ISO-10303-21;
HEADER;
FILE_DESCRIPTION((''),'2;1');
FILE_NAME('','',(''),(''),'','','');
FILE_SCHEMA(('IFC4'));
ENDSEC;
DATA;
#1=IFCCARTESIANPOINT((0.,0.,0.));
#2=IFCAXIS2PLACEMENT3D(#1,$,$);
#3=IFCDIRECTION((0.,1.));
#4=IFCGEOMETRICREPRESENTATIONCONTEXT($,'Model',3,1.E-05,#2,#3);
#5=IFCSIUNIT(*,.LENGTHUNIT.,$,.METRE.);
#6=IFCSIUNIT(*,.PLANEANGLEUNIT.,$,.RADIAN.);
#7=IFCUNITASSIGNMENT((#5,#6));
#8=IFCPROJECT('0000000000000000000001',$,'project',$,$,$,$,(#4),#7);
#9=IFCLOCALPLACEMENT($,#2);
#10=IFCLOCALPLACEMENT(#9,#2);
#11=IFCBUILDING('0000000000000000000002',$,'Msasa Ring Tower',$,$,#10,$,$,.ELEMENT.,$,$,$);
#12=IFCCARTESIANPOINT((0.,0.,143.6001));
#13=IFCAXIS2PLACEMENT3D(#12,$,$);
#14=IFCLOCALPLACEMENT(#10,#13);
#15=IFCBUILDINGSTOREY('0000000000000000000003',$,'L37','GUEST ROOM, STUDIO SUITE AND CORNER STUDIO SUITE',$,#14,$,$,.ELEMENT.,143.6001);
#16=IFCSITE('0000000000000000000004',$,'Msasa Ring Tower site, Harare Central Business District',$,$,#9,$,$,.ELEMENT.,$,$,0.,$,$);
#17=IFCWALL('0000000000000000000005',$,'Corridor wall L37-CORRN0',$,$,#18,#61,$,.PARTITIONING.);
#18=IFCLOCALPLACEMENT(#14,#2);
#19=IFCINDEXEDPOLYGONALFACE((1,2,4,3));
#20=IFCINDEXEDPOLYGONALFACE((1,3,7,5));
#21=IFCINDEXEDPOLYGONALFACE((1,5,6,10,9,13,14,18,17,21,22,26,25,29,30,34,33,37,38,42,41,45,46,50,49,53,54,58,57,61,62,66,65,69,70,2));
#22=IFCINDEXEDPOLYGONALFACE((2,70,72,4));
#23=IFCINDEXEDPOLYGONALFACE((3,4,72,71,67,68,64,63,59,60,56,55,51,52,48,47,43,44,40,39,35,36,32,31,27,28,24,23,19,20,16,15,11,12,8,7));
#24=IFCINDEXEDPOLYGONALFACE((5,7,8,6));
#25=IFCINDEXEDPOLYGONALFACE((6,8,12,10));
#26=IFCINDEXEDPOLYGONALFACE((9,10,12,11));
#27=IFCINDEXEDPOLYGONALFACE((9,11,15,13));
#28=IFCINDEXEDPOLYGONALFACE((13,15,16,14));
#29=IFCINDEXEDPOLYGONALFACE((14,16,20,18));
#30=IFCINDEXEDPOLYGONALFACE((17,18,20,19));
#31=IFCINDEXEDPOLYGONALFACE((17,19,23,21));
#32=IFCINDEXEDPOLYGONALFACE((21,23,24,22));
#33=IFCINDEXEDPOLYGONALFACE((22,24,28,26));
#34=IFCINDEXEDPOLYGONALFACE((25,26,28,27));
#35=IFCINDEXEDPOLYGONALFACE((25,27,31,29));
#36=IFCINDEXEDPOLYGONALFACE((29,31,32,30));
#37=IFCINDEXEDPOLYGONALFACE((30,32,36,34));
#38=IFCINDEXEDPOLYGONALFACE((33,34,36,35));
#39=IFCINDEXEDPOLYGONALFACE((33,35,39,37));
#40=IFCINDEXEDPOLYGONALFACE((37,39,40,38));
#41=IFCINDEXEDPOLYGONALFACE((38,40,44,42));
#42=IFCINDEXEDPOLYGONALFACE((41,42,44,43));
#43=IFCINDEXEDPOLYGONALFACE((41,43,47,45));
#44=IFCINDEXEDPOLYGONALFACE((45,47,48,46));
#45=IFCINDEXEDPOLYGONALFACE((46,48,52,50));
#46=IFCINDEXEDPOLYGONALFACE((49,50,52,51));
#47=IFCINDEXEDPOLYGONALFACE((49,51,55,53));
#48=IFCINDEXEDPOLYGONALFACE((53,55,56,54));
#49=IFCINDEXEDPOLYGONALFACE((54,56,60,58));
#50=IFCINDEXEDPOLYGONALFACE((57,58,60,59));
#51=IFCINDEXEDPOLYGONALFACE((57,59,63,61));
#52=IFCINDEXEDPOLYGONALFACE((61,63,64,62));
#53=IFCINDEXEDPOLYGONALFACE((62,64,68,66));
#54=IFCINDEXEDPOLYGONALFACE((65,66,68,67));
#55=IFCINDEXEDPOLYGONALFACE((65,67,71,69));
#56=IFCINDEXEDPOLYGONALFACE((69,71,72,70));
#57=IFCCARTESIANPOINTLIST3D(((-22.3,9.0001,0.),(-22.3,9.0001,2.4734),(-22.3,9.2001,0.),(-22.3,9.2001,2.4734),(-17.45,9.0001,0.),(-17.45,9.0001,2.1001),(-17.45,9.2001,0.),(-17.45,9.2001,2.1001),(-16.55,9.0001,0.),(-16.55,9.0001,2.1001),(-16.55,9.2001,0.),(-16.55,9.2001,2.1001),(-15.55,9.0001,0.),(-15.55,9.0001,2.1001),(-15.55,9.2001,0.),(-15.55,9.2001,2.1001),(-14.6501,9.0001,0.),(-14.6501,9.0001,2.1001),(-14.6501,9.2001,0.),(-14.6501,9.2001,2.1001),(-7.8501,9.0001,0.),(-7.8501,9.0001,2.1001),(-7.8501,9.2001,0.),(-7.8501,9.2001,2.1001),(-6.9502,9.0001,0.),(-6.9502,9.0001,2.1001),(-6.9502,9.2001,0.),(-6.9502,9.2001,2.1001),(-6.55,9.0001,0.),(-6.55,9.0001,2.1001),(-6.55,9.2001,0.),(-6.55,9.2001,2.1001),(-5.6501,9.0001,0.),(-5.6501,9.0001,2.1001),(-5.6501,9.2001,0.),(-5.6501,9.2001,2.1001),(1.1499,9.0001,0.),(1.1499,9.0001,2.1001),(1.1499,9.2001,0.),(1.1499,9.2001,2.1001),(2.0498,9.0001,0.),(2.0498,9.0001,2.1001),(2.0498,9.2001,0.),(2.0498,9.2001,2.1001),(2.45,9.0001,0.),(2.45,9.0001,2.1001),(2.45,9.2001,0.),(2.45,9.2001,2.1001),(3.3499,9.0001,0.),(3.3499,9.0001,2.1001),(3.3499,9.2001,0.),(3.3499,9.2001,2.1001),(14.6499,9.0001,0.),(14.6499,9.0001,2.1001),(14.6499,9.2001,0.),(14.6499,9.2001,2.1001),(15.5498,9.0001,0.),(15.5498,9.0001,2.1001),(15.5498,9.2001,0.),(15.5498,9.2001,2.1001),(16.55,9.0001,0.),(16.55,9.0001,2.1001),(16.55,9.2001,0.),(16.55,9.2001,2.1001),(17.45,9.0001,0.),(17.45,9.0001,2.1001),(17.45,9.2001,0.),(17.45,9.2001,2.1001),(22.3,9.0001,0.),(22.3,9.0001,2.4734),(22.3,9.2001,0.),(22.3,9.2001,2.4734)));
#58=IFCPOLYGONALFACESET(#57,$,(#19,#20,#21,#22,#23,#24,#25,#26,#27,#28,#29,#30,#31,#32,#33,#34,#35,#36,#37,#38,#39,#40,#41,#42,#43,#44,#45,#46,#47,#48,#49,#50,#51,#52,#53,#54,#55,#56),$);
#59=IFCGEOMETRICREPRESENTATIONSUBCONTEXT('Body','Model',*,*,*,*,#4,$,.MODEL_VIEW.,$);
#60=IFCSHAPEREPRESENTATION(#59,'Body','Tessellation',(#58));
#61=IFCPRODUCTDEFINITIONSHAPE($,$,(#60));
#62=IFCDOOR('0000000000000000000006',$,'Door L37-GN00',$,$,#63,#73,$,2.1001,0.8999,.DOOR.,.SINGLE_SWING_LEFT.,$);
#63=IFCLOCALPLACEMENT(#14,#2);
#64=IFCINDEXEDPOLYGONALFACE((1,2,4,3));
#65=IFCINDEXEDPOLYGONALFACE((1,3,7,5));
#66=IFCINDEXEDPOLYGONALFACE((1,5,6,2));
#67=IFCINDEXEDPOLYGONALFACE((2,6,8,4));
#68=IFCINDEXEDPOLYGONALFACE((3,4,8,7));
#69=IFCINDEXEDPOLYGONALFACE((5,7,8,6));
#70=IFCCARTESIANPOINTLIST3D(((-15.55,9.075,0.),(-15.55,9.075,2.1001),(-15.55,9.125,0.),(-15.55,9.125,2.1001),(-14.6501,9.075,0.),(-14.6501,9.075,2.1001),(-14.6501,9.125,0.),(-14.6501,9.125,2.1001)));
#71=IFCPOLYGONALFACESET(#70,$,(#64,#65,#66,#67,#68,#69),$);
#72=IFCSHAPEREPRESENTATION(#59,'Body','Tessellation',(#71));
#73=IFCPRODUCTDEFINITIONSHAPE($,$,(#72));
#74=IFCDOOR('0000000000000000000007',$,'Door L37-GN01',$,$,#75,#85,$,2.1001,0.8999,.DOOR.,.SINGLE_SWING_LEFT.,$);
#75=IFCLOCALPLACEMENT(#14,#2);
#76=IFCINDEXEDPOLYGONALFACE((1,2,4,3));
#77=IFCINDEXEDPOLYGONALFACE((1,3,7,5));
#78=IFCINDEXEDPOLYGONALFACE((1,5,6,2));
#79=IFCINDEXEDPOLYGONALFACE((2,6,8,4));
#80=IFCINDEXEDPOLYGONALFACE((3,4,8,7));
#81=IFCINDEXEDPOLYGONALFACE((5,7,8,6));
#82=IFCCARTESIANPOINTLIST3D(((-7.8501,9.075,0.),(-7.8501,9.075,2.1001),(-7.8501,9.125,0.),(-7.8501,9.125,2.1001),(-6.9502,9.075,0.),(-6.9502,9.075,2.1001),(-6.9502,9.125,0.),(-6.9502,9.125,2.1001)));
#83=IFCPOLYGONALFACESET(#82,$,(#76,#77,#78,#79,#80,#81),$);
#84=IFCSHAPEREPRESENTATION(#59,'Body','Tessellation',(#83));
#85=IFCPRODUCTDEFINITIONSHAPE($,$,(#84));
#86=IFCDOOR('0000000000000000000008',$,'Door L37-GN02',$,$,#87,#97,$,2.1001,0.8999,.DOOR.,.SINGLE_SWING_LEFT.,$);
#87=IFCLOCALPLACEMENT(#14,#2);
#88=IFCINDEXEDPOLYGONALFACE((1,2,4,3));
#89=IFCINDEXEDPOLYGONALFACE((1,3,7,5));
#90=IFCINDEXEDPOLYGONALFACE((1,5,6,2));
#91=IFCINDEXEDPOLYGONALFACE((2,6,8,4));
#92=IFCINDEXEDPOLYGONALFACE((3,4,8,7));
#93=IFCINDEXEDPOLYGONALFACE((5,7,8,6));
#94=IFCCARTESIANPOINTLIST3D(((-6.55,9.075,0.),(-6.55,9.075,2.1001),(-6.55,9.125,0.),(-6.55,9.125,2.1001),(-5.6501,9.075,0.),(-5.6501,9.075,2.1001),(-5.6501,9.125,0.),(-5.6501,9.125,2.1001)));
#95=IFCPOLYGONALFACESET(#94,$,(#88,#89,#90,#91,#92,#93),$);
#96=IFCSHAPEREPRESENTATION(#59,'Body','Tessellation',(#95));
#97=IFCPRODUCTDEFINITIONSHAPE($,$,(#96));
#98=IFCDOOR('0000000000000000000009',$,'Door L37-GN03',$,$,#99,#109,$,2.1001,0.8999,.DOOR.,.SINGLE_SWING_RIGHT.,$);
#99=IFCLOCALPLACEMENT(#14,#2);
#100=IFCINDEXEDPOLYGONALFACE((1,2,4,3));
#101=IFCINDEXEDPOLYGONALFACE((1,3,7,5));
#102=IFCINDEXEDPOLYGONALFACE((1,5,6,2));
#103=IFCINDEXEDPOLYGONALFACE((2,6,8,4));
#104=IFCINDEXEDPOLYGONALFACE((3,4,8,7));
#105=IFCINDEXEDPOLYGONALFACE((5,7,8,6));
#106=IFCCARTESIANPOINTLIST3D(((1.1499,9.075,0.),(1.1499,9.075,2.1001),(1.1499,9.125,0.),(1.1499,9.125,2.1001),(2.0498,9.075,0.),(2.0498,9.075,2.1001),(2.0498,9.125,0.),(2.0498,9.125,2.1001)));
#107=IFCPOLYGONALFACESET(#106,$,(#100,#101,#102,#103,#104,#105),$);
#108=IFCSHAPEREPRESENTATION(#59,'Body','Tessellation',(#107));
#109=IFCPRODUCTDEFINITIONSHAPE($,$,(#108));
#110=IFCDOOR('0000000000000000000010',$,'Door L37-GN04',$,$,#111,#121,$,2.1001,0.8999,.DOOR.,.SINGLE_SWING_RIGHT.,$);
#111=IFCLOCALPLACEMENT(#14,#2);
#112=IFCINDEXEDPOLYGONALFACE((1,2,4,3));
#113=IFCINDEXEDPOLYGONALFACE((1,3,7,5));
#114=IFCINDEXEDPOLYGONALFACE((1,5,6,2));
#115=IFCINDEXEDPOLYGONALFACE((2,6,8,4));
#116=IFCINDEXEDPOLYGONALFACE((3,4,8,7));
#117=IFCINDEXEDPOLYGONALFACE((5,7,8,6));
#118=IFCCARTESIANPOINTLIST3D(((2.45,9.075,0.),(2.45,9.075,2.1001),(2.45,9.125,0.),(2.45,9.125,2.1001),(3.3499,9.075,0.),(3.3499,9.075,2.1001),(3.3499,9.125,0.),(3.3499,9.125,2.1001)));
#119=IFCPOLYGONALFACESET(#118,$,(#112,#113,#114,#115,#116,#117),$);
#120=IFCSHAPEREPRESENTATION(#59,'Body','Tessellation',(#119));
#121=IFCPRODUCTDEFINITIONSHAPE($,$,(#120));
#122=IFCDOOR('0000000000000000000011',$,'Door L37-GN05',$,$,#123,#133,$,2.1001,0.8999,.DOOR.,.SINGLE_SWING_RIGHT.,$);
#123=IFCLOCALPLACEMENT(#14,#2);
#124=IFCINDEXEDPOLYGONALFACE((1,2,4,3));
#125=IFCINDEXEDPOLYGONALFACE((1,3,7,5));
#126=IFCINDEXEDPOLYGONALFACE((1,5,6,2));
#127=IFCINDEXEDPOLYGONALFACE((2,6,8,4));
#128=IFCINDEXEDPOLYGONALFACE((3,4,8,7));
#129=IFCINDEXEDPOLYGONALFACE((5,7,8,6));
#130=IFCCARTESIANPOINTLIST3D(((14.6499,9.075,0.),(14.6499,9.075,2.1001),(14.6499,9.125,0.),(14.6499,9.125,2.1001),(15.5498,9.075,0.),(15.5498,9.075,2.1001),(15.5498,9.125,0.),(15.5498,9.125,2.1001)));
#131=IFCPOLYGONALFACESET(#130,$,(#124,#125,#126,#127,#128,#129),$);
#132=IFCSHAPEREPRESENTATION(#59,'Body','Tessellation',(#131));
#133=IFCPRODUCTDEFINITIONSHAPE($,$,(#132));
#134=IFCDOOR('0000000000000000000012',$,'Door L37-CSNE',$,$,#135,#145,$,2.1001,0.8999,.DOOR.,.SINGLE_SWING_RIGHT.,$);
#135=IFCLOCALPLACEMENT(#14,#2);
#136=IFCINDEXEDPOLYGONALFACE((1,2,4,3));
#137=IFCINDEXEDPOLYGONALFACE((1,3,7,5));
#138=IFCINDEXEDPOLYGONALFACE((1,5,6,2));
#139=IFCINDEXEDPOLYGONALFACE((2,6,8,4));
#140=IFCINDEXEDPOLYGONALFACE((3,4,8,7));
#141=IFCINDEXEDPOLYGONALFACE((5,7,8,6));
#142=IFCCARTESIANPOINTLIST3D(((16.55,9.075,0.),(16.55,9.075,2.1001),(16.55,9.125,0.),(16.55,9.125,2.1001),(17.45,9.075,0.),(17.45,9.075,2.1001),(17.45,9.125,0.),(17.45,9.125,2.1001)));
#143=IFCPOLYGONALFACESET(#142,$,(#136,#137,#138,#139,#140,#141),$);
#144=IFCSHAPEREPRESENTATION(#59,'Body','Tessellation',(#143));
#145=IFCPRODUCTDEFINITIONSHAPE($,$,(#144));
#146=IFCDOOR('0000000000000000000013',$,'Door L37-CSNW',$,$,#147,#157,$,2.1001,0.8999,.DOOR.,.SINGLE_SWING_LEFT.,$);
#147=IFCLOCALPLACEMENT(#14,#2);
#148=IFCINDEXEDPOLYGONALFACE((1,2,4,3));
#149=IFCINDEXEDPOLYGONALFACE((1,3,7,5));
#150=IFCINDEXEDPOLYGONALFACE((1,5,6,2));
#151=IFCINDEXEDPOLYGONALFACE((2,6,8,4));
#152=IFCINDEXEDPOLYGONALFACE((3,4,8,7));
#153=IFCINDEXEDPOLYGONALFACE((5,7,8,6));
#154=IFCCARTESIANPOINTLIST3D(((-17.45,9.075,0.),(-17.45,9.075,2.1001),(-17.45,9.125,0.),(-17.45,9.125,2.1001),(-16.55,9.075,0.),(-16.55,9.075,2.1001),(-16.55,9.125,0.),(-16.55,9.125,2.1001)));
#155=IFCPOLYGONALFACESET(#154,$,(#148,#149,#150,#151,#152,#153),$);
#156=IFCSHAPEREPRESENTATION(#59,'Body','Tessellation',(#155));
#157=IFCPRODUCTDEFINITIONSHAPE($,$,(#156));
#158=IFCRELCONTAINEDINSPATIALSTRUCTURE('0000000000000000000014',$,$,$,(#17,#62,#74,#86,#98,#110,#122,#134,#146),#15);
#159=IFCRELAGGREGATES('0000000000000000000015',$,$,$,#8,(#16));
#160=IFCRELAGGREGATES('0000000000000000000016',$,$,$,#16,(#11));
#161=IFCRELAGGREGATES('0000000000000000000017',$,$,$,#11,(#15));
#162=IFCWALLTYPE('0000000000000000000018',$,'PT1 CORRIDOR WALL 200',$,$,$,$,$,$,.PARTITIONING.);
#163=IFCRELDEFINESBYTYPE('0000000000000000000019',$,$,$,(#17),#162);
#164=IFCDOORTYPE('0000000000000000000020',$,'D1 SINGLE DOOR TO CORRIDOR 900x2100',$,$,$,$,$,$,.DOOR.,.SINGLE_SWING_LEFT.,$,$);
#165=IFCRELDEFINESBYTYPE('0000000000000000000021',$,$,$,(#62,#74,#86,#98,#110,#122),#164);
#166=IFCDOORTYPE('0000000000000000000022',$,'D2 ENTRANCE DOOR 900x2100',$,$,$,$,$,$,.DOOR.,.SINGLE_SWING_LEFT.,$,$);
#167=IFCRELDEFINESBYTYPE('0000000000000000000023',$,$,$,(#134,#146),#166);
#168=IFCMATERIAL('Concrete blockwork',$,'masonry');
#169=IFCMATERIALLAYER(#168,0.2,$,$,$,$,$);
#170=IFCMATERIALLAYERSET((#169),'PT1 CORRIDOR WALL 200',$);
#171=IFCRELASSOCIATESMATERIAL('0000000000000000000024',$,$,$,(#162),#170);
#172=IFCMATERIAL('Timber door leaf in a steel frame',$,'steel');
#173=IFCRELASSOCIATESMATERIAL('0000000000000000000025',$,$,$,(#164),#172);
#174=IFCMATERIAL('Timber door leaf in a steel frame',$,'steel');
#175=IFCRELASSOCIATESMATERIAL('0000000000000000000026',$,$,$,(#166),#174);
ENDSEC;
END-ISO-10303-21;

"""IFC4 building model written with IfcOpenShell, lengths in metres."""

from ifc_helpers import new_model, si_unit, direction, frame, frame_2d, origin, place, context, subcontext, project, spatial, rectangle, extrude, material, layer, layer_set, type_object, element, fill, save


model = new_model("IFC4")

# Units and contexts
model_context = context("Model", 3, precision=1e-05, world=origin(), true_north=direction((0.0, 1.0)))
body_context = subcontext(model_context, "Body", "Model", "MODEL_VIEW")
ifc_project = project(units=[si_unit("LENGTHUNIT", "METRE"), si_unit("PLANEANGLEUNIT", "RADIAN")], contexts=[model_context])

# Site, building, storey
site_placement = place(None, origin())
site = spatial("IfcSite", under=ifc_project, at=site_placement, Name="Msasa Ring Tower site, Harare Central Business District", CompositionType="ELEMENT", RefElevation=0.0)
building_placement = place(site_placement, origin())
building = spatial("IfcBuilding", under=site, at=building_placement, Name="Msasa Ring Tower", CompositionType="ELEMENT")
storey_placement = place(building_placement, frame((0.0, 0.0, 143.6001)))
storey = spatial("IfcBuildingStorey", under=building, at=storey_placement, Name="L37", Description="GUEST ROOM, STUDIO SUITE AND CORNER STUDIO SUITE", CompositionType="ELEMENT", Elevation=143.6001)

# Wall, openings, doors
ifc_material_1 = material(Name="Concrete blockwork", Category="masonry")
ifc_layer_1 = layer(ifc_material_1, 0.2)
ifc_layer_set_1 = layer_set([ifc_layer_1], Name="PT1 CORRIDOR WALL 200")
wall_type_1 = type_object("IfcWallType", Name="PT1 CORRIDOR WALL 200", PredefinedType="PARTITIONING", material=ifc_layer_set_1)
wall_1_placement = place(storey_placement, frame((-22.3, 9.1001, 0.0), z_axis=(0.0, 0.0, 1.0), x_axis=(1.0, 0.0, 0.0)))
wall_1 = element("IfcWall", 1, at=wall_1_placement, inside=storey, type_object=wall_type_1, Name="Corridor wall L37-CORRN0", PredefinedType="PARTITIONING", context=body_context, shape_type="SweptSolid", body=[
    extrude(rectangle(XDim=44.6001, YDim=0.2, at=frame_2d((22.3, 0.0))), origin(), (0.0, 0.0, 1.0), 2.4734),
])
opening_1_placement = place(wall_1_placement, frame((6.75, 0.0, 0.0)))
opening_1 = element("IfcOpeningElement", 2, at=opening_1_placement, cuts=wall_1, PredefinedType="OPENING", context=body_context, shape_type="SweptSolid", body=[
    extrude(rectangle(XDim=0.8999, YDim=2.1001, at=frame_2d((0.45, 1.05))), frame((0.0, 0.1099, 0.0), z_axis=(0.0, -1.0, 0.0), x_axis=(1.0, 0.0, 0.0)), (0.0, 0.0, 1.0), 0.22),
])
opening_2_placement = place(wall_1_placement, frame((14.45, 0.0, 0.0)))
opening_2 = element("IfcOpeningElement", 3, at=opening_2_placement, cuts=wall_1, PredefinedType="OPENING", context=body_context, shape_type="SweptSolid", body=[
    extrude(rectangle(XDim=0.8999, YDim=2.1001, at=frame_2d((0.45, 1.05))), frame((0.0, 0.1099, 0.0), z_axis=(0.0, -1.0, 0.0), x_axis=(1.0, 0.0, 0.0)), (0.0, 0.0, 1.0), 0.22),
])
opening_3_placement = place(wall_1_placement, frame((15.75, 0.0, 0.0)))
opening_3 = element("IfcOpeningElement", 4, at=opening_3_placement, cuts=wall_1, PredefinedType="OPENING", context=body_context, shape_type="SweptSolid", body=[
    extrude(rectangle(XDim=0.8999, YDim=2.1001, at=frame_2d((0.45, 1.05))), frame((0.0, 0.1099, 0.0), z_axis=(0.0, -1.0, 0.0), x_axis=(1.0, 0.0, 0.0)), (0.0, 0.0, 1.0), 0.22),
])
opening_4_placement = place(wall_1_placement, frame((23.45, 0.0, 0.0)))
opening_4 = element("IfcOpeningElement", 5, at=opening_4_placement, cuts=wall_1, PredefinedType="OPENING", context=body_context, shape_type="SweptSolid", body=[
    extrude(rectangle(XDim=0.8999, YDim=2.1001, at=frame_2d((0.45, 1.05))), frame((0.0, 0.1099, 0.0), z_axis=(0.0, -1.0, 0.0), x_axis=(1.0, 0.0, 0.0)), (0.0, 0.0, 1.0), 0.22),
])
opening_5_placement = place(wall_1_placement, frame((24.75, 0.0, 0.0)))
opening_5 = element("IfcOpeningElement", 6, at=opening_5_placement, cuts=wall_1, PredefinedType="OPENING", context=body_context, shape_type="SweptSolid", body=[
    extrude(rectangle(XDim=0.8999, YDim=2.1001, at=frame_2d((0.45, 1.05))), frame((0.0, 0.1099, 0.0), z_axis=(0.0, -1.0, 0.0), x_axis=(1.0, 0.0, 0.0)), (0.0, 0.0, 1.0), 0.22),
])
opening_6_placement = place(wall_1_placement, frame((36.95, 0.0, 0.0)))
opening_6 = element("IfcOpeningElement", 7, at=opening_6_placement, cuts=wall_1, PredefinedType="OPENING", context=body_context, shape_type="SweptSolid", body=[
    extrude(rectangle(XDim=0.8999, YDim=2.1001, at=frame_2d((0.45, 1.05))), frame((0.0, 0.1099, 0.0), z_axis=(0.0, -1.0, 0.0), x_axis=(1.0, 0.0, 0.0)), (0.0, 0.0, 1.0), 0.22),
])
opening_7_placement = place(wall_1_placement, frame((38.8501, 0.0, 0.0)))
opening_7 = element("IfcOpeningElement", 8, at=opening_7_placement, cuts=wall_1, PredefinedType="OPENING", context=body_context, shape_type="SweptSolid", body=[
    extrude(rectangle(XDim=0.8999, YDim=2.1001, at=frame_2d((0.45, 1.05))), frame((0.0, 0.1099, 0.0), z_axis=(0.0, -1.0, 0.0), x_axis=(1.0, 0.0, 0.0)), (0.0, 0.0, 1.0), 0.22),
])
opening_8_placement = place(wall_1_placement, frame((4.8501, 0.0, 0.0)))
opening_8 = element("IfcOpeningElement", 9, at=opening_8_placement, cuts=wall_1, PredefinedType="OPENING", context=body_context, shape_type="SweptSolid", body=[
    extrude(rectangle(XDim=0.8999, YDim=2.1001, at=frame_2d((0.45, 1.05))), frame((0.0, 0.1099, 0.0), z_axis=(0.0, -1.0, 0.0), x_axis=(1.0, 0.0, 0.0)), (0.0, 0.0, 1.0), 0.22),
])
ifc_material_2 = material(Name="Timber door leaf in a steel frame", Category="steel")
door_type_1 = type_object("IfcDoorType", Name="D1 SINGLE DOOR TO CORRIDOR 900x2100", OperationType="SINGLE_SWING_LEFT", PredefinedType="DOOR", material=ifc_material_2)
door_1_placement = place(opening_1_placement, origin())
door_1 = element("IfcDoor", 10, at=door_1_placement, inside=storey, type_object=door_type_1, Name="Door L37-GN00", OperationType="SINGLE_SWING_LEFT", OverallHeight=2.1001, OverallWidth=0.8999, PredefinedType="DOOR", context=body_context, shape_type="SweptSolid", body=[
    extrude(rectangle(XDim=0.8999, YDim=2.1001, at=frame_2d((0.45, 1.05))), frame((0.0, 0.0249, 0.0), z_axis=(0.0, -1.0, 0.0), x_axis=(1.0, 0.0, 0.0)), (0.0, 0.0, 1.0), 0.05),
])
fill(opening_1, door_1)
door_2_placement = place(opening_2_placement, origin())
door_2 = element("IfcDoor", 11, at=door_2_placement, inside=storey, type_object=door_type_1, Name="Door L37-GN01", OperationType="SINGLE_SWING_LEFT", OverallHeight=2.1001, OverallWidth=0.8999, PredefinedType="DOOR", context=body_context, shape_type="SweptSolid", body=[
    extrude(rectangle(XDim=0.8999, YDim=2.1001, at=frame_2d((0.45, 1.05))), frame((0.0, 0.0249, 0.0), z_axis=(0.0, -1.0, 0.0), x_axis=(1.0, 0.0, 0.0)), (0.0, 0.0, 1.0), 0.05),
])
fill(opening_2, door_2)
door_3_placement = place(opening_3_placement, origin())
door_3 = element("IfcDoor", 12, at=door_3_placement, inside=storey, type_object=door_type_1, Name="Door L37-GN02", OperationType="SINGLE_SWING_LEFT", OverallHeight=2.1001, OverallWidth=0.8999, PredefinedType="DOOR", context=body_context, shape_type="SweptSolid", body=[
    extrude(rectangle(XDim=0.8999, YDim=2.1001, at=frame_2d((0.45, 1.05))), frame((0.0, 0.0249, 0.0), z_axis=(0.0, -1.0, 0.0), x_axis=(1.0, 0.0, 0.0)), (0.0, 0.0, 1.0), 0.05),
])
fill(opening_3, door_3)
door_4_placement = place(opening_4_placement, origin())
door_4 = element("IfcDoor", 13, at=door_4_placement, inside=storey, type_object=door_type_1, Name="Door L37-GN03", OperationType="SINGLE_SWING_RIGHT", OverallHeight=2.1001, OverallWidth=0.8999, PredefinedType="DOOR", context=body_context, shape_type="SweptSolid", body=[
    extrude(rectangle(XDim=0.8999, YDim=2.1001, at=frame_2d((0.45, 1.05))), frame((0.0, 0.0249, 0.0), z_axis=(0.0, -1.0, 0.0), x_axis=(1.0, 0.0, 0.0)), (0.0, 0.0, 1.0), 0.05),
])
fill(opening_4, door_4)
door_5_placement = place(opening_5_placement, origin())
door_5 = element("IfcDoor", 14, at=door_5_placement, inside=storey, type_object=door_type_1, Name="Door L37-GN04", OperationType="SINGLE_SWING_RIGHT", OverallHeight=2.1001, OverallWidth=0.8999, PredefinedType="DOOR", context=body_context, shape_type="SweptSolid", body=[
    extrude(rectangle(XDim=0.8999, YDim=2.1001, at=frame_2d((0.45, 1.05))), frame((0.0, 0.0249, 0.0), z_axis=(0.0, -1.0, 0.0), x_axis=(1.0, 0.0, 0.0)), (0.0, 0.0, 1.0), 0.05),
])
fill(opening_5, door_5)
door_6_placement = place(opening_6_placement, origin())
door_6 = element("IfcDoor", 15, at=door_6_placement, inside=storey, type_object=door_type_1, Name="Door L37-GN05", OperationType="SINGLE_SWING_RIGHT", OverallHeight=2.1001, OverallWidth=0.8999, PredefinedType="DOOR", context=body_context, shape_type="SweptSolid", body=[
    extrude(rectangle(XDim=0.8999, YDim=2.1001, at=frame_2d((0.45, 1.05))), frame((0.0, 0.0249, 0.0), z_axis=(0.0, -1.0, 0.0), x_axis=(1.0, 0.0, 0.0)), (0.0, 0.0, 1.0), 0.05),
])
fill(opening_6, door_6)
ifc_material_3 = material(Name="Timber door leaf in a steel frame", Category="steel")
door_type_2 = type_object("IfcDoorType", Name="D2 ENTRANCE DOOR 900x2100", OperationType="SINGLE_SWING_LEFT", PredefinedType="DOOR", material=ifc_material_3)
door_7_placement = place(opening_7_placement, origin())
door_7 = element("IfcDoor", 16, at=door_7_placement, inside=storey, type_object=door_type_2, Name="Door L37-CSNE", OperationType="SINGLE_SWING_RIGHT", OverallHeight=2.1001, OverallWidth=0.8999, PredefinedType="DOOR", context=body_context, shape_type="SweptSolid", body=[
    extrude(rectangle(XDim=0.8999, YDim=2.1001, at=frame_2d((0.45, 1.05))), frame((0.0, 0.0249, 0.0), z_axis=(0.0, -1.0, 0.0), x_axis=(1.0, 0.0, 0.0)), (0.0, 0.0, 1.0), 0.05),
])
fill(opening_7, door_7)
door_8_placement = place(opening_8_placement, origin())
door_8 = element("IfcDoor", 17, at=door_8_placement, inside=storey, type_object=door_type_2, Name="Door L37-CSNW", OperationType="SINGLE_SWING_LEFT", OverallHeight=2.1001, OverallWidth=0.8999, PredefinedType="DOOR", context=body_context, shape_type="SweptSolid", body=[
    extrude(rectangle(XDim=0.8999, YDim=2.1001, at=frame_2d((0.45, 1.05))), frame((0.0, 0.0249, 0.0), z_axis=(0.0, -1.0, 0.0), x_axis=(1.0, 0.0, 0.0)), (0.0, 0.0, 1.0), 0.05),
])
fill(opening_8, door_8)

save(model, "model.ifc")
